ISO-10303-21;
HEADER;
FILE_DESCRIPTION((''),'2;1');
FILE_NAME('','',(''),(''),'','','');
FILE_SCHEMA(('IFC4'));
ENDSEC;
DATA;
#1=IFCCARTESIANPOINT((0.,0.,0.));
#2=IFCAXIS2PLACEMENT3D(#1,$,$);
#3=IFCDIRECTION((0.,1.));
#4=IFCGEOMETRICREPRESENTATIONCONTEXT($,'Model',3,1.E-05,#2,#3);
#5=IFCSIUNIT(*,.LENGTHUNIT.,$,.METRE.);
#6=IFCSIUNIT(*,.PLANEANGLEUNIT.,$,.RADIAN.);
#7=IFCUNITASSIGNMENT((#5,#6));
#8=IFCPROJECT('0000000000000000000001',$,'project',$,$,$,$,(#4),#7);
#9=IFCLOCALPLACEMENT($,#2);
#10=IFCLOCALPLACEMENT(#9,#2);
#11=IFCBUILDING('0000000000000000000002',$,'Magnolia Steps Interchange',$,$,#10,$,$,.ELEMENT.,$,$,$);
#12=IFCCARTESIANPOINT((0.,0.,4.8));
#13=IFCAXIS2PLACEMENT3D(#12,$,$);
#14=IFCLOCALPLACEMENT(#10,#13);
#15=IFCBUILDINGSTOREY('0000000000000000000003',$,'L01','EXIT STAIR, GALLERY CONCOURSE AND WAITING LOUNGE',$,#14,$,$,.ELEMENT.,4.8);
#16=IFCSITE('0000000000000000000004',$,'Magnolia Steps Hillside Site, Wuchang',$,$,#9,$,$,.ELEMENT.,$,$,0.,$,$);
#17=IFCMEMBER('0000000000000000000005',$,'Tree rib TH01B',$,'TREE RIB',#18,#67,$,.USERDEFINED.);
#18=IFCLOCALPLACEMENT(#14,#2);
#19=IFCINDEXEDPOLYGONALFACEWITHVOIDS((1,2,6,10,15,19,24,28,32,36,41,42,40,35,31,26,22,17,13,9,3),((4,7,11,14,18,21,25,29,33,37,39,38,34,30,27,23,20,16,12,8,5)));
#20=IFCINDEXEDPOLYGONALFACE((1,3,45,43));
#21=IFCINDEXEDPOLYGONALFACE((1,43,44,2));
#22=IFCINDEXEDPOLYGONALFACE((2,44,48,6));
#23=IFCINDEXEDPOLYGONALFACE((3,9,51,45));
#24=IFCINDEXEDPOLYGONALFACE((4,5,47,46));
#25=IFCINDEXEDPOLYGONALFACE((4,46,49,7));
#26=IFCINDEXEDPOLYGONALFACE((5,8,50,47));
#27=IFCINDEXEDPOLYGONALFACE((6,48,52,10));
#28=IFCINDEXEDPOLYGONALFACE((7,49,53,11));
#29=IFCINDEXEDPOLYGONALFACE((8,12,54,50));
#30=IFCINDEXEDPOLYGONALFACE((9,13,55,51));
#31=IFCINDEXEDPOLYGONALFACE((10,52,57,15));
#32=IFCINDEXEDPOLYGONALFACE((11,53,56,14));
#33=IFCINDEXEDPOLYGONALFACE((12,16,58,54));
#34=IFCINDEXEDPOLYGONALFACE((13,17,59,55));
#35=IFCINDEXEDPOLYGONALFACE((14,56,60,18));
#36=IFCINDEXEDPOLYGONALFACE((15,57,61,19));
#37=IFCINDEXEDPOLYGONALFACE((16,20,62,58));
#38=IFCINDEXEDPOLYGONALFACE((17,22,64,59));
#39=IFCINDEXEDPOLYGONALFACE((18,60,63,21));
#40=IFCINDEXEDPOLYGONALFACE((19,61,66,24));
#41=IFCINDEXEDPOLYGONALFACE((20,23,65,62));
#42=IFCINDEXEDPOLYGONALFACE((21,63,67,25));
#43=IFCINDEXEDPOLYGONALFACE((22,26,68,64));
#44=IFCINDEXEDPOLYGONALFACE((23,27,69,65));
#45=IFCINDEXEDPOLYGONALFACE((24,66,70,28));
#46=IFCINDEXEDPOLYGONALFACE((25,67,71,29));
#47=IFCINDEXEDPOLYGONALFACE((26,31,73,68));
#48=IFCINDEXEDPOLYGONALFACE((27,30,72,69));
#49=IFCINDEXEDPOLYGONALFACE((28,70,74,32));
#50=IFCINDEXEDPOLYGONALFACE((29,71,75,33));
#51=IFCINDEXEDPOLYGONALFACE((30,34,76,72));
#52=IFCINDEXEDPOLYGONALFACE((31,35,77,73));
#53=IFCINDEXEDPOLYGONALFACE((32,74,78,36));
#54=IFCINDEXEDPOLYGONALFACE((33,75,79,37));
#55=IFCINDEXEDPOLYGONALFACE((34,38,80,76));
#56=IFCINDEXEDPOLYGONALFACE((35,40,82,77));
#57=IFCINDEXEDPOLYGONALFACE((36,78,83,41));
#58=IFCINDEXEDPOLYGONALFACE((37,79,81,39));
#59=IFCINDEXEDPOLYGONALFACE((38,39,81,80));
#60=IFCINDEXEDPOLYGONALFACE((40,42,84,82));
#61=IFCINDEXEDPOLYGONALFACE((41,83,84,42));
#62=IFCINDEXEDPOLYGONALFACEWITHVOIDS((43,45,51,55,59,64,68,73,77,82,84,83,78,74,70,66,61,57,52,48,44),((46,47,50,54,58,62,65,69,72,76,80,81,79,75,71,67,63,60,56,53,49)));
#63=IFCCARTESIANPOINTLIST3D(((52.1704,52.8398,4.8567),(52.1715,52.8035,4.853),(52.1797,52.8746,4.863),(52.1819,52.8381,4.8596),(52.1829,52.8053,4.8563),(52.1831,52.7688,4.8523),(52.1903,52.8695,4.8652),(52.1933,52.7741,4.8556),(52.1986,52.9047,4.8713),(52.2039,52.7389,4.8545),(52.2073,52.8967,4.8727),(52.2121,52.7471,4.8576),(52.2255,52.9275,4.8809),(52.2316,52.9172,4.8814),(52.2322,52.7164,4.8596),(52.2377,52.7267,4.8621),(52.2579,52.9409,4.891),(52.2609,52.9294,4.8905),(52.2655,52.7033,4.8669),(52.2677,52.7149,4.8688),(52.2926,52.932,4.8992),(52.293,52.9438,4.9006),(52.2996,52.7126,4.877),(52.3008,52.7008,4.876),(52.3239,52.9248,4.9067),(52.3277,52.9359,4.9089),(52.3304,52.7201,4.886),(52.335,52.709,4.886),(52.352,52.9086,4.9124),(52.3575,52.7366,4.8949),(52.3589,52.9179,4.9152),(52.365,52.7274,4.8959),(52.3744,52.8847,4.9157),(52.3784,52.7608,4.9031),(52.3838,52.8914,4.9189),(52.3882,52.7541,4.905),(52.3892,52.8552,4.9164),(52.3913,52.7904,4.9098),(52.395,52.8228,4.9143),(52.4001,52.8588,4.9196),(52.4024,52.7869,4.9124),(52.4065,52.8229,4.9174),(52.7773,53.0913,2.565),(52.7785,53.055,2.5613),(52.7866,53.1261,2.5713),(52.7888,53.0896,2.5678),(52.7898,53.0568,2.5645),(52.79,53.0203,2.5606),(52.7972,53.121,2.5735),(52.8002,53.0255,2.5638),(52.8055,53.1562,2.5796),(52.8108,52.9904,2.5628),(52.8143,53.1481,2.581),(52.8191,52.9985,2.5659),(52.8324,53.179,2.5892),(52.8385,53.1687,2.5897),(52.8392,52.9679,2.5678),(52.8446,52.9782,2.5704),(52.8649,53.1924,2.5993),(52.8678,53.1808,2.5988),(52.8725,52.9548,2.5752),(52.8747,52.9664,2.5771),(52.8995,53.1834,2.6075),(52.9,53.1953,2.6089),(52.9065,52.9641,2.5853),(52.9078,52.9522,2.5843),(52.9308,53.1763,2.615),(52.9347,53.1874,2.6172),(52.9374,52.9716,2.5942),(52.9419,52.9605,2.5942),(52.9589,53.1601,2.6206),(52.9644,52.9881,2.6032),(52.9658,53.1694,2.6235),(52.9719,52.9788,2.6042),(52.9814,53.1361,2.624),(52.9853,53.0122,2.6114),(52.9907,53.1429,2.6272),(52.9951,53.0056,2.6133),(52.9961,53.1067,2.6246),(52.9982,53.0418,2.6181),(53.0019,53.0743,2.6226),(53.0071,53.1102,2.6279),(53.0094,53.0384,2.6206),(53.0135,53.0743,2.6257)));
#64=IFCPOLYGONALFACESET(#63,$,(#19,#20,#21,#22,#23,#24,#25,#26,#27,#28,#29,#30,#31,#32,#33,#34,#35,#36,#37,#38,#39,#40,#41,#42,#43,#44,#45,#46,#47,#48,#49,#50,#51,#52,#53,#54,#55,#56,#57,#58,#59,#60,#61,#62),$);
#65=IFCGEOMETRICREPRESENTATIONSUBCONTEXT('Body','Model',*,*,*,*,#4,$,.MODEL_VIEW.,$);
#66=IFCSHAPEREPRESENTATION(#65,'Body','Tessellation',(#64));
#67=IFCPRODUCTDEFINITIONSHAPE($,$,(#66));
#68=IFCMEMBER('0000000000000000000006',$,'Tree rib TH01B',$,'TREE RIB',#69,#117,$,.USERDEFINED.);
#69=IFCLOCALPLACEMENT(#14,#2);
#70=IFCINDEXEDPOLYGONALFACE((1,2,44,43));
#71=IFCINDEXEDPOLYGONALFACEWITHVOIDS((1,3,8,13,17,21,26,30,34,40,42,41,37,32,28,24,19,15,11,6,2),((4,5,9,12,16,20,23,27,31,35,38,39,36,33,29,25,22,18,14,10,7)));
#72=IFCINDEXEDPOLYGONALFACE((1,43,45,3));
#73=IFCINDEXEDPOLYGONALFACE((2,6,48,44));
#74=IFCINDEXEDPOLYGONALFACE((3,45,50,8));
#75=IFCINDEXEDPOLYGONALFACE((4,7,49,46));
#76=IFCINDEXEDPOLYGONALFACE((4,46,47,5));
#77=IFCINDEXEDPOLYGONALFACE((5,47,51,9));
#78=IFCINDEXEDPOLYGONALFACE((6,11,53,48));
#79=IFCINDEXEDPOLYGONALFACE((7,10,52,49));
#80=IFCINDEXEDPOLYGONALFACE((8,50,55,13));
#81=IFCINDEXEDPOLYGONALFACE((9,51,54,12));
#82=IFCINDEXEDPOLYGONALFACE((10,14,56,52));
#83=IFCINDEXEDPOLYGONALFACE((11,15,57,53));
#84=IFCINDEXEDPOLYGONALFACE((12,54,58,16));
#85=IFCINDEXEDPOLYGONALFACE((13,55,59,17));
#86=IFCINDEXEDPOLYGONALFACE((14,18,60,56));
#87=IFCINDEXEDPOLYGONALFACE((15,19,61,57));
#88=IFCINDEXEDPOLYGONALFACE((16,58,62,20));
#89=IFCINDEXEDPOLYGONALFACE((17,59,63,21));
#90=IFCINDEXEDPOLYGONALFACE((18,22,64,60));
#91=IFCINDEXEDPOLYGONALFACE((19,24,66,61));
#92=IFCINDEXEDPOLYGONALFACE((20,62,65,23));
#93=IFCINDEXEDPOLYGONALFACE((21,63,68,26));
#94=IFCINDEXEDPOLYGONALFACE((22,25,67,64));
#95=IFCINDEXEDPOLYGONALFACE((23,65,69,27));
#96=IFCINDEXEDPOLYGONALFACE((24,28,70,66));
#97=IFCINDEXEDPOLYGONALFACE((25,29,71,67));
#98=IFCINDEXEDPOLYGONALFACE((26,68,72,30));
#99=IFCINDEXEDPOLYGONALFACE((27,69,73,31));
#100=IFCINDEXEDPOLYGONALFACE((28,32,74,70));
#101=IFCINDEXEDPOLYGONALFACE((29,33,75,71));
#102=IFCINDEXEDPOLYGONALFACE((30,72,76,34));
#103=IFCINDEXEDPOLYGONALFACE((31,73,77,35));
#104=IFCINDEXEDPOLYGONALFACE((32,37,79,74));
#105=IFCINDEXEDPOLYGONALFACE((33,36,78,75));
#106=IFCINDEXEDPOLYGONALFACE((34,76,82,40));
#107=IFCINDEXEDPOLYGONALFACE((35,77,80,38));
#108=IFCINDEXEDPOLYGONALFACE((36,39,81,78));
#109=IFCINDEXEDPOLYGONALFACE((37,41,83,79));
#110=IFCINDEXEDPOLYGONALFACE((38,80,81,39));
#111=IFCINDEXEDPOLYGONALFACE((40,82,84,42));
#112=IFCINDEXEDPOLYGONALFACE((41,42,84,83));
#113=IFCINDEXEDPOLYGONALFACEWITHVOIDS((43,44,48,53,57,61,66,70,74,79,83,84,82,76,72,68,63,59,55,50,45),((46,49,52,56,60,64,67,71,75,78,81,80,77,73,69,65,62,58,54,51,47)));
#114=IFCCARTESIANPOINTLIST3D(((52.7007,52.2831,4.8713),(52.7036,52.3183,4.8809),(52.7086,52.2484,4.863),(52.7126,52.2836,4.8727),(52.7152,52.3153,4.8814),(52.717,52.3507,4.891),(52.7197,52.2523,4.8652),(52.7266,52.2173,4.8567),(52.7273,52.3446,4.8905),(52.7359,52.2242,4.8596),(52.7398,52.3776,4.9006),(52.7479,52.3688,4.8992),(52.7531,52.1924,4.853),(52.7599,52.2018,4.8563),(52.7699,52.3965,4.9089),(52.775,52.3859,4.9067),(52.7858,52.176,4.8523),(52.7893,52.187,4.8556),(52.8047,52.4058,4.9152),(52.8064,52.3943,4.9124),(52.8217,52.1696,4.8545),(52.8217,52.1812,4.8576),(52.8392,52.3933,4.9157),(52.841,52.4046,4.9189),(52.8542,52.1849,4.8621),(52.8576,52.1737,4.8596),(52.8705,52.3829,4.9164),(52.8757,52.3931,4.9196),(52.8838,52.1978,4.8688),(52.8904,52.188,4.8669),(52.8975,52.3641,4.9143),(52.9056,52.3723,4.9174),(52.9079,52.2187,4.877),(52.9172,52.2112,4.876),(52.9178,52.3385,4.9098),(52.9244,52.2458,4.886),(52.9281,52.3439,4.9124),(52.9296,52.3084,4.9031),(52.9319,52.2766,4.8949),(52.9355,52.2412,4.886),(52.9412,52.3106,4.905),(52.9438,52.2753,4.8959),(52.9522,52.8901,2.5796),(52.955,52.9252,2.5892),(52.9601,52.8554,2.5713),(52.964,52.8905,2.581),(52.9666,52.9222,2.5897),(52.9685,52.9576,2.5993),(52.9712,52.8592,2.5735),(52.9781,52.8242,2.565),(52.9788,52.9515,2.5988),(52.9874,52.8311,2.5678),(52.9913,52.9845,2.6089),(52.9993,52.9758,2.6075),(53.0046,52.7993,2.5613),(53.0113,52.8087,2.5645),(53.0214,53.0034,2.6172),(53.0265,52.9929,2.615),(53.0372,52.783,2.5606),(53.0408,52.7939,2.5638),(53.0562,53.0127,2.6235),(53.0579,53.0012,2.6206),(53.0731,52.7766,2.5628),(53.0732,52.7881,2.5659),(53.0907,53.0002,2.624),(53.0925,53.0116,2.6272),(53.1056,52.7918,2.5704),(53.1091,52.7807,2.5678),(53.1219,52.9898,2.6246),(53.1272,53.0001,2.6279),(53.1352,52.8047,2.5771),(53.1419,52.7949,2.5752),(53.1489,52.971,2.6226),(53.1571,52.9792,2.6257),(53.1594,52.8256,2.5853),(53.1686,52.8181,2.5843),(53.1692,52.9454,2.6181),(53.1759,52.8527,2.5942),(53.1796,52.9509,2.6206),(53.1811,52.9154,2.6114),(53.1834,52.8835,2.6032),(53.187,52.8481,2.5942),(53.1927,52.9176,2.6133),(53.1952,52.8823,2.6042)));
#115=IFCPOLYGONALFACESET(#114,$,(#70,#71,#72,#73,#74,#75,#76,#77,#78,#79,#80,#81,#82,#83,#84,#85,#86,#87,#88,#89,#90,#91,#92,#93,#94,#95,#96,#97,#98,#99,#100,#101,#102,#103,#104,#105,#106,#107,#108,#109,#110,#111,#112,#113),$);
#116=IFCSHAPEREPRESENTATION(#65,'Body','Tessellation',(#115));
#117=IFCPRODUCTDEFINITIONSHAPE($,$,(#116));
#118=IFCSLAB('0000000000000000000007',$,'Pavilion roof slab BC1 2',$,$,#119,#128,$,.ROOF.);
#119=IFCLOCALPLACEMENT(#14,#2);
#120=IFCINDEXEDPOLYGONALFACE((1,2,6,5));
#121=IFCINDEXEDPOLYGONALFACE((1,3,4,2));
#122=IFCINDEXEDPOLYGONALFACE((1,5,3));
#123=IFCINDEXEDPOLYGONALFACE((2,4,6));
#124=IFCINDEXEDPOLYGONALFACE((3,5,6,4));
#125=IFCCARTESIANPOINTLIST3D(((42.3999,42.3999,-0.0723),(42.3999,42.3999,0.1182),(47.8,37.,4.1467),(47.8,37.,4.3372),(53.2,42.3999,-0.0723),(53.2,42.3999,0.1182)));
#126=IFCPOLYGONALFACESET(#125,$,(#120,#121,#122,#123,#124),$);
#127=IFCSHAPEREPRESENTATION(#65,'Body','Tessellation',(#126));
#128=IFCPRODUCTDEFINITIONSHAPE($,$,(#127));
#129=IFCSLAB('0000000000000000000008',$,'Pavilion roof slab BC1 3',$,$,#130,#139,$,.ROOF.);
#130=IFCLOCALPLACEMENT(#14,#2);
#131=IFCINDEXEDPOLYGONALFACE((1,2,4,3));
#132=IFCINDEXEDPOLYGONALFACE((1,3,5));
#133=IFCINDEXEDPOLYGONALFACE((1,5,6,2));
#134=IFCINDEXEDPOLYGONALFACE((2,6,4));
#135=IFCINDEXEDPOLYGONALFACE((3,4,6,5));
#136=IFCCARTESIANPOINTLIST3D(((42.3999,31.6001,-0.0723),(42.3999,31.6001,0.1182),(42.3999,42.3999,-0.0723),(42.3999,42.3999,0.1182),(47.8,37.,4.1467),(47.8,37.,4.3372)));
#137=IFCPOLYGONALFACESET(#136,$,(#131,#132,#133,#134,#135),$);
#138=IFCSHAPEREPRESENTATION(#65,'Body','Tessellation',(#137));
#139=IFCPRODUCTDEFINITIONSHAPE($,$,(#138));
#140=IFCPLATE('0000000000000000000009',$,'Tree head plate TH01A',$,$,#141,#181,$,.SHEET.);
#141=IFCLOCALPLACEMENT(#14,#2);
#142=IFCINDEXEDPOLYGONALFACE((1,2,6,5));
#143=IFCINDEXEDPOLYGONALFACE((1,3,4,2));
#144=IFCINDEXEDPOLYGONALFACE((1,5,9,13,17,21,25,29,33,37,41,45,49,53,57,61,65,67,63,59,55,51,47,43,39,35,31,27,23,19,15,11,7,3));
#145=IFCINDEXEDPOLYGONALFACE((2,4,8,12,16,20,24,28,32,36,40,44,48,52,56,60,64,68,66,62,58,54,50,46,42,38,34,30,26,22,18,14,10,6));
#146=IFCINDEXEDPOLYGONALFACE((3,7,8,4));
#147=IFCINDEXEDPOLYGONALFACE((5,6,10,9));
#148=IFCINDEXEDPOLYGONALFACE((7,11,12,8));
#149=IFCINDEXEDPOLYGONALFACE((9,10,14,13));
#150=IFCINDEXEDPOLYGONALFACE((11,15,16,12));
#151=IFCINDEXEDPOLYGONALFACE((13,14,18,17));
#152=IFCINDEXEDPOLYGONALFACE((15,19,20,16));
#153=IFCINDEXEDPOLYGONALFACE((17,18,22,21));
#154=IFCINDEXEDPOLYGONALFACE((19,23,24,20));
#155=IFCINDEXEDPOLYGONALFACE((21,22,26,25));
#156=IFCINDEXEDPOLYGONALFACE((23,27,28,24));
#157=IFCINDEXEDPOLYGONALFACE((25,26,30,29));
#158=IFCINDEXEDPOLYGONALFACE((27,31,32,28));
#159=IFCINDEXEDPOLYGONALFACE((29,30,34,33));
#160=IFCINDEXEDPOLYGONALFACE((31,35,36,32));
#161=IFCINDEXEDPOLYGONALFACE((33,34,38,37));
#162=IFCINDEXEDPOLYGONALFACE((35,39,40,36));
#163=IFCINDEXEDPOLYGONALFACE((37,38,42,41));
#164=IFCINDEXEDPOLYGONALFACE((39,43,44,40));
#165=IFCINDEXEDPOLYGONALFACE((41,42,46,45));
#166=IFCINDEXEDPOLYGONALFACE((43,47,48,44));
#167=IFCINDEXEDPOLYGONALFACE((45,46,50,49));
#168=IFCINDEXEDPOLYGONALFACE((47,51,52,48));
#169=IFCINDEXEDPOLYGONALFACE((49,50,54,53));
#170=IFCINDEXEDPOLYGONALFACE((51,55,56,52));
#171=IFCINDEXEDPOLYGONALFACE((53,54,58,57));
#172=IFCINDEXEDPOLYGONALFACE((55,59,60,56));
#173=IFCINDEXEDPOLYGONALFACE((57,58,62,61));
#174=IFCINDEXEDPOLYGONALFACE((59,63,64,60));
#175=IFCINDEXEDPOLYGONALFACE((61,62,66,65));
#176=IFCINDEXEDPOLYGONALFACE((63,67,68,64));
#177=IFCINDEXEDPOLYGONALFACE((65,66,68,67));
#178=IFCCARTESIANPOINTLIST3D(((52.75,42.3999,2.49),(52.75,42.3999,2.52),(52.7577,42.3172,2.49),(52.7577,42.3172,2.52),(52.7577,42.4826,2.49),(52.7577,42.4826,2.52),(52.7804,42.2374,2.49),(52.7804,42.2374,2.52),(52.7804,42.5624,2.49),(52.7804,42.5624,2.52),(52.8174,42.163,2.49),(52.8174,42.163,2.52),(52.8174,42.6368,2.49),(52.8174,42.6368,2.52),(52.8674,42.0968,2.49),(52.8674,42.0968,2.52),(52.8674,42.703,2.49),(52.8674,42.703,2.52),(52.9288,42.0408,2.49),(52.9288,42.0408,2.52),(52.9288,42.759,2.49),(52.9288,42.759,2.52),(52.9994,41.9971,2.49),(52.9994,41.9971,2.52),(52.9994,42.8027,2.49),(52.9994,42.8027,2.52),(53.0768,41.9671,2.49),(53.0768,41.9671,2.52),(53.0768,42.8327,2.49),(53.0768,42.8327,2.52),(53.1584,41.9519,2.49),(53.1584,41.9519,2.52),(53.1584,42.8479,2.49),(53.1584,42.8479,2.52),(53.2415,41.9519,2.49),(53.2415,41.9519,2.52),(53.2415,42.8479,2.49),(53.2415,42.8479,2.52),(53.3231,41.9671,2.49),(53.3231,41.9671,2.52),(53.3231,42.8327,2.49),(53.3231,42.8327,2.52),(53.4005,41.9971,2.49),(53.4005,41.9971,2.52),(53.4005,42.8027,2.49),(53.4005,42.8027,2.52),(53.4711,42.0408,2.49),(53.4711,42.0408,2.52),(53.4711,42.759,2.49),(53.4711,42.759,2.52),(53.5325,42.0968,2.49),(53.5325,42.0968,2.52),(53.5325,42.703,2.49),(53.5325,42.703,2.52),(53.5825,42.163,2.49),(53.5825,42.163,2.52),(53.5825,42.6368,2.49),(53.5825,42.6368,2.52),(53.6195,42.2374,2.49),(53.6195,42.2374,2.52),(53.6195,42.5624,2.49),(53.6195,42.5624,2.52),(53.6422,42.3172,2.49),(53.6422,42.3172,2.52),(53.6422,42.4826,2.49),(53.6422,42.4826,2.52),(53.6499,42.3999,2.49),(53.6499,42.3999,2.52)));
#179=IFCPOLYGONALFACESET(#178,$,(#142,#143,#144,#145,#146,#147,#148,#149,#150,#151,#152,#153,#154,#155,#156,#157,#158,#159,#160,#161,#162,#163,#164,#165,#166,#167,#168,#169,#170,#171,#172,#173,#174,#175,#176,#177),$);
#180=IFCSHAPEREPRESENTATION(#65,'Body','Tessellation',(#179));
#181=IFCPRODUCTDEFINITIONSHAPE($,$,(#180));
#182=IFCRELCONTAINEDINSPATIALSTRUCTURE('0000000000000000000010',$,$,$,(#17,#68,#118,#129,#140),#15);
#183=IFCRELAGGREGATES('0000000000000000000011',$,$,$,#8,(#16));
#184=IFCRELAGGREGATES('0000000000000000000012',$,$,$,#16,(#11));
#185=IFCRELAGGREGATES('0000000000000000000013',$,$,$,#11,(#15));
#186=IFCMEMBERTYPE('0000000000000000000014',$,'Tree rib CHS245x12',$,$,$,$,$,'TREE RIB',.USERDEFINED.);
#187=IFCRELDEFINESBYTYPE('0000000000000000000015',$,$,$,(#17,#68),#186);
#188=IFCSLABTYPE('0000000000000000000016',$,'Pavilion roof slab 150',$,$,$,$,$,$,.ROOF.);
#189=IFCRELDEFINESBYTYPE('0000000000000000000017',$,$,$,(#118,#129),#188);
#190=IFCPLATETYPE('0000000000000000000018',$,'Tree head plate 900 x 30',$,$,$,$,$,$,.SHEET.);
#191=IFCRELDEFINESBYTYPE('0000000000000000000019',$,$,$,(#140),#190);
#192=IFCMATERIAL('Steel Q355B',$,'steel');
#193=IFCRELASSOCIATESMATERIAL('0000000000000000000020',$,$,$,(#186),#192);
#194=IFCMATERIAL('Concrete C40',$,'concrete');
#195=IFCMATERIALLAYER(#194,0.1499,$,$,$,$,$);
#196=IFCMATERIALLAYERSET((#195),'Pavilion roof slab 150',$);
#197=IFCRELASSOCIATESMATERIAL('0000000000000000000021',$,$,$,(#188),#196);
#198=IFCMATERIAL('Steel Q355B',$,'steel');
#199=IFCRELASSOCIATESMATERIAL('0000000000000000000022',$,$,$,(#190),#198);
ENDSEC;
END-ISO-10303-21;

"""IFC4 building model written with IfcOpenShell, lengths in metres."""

from ifc_helpers import new_model, si_unit, direction, frame, origin, origin_2d, place, context, subcontext, project, spatial, polyline, circle, hollow_circle, outline, extrude, material, layer, layer_set, material_profile, profile_set, type_object, element, save


model = new_model("IFC4")

# Units and contexts
model_context = context("Model", 3, precision=1e-05, world=origin(), true_north=direction((0.0, 1.0)))
body_context = subcontext(model_context, "Body", "Model", "MODEL_VIEW")
ifc_project = project(units=[si_unit("LENGTHUNIT", "METRE"), si_unit("PLANEANGLEUNIT", "RADIAN")], contexts=[model_context])

# Site, building, storey
site_placement = place(None, origin())
site = spatial("IfcSite", under=ifc_project, at=site_placement, Name="Magnolia Steps Hillside Site, Wuchang", CompositionType="ELEMENT", RefElevation=0.0)
building_placement = place(site_placement, origin())
building = spatial("IfcBuilding", under=site, at=building_placement, Name="Magnolia Steps Interchange", CompositionType="ELEMENT")
storey_placement = place(building_placement, frame((0.0, 0.0, 4.8)))
storey = spatial("IfcBuildingStorey", under=building, at=storey_placement, Name="L01", Description="EXIT STAIR, GALLERY CONCOURSE AND WAITING LOUNGE", CompositionType="ELEMENT", Elevation=4.8)

# Members
ifc_material_1 = material(Name="Steel Q355B", Category="steel")
ifc_material_profile_1 = material_profile(ifc_material_1, hollow_circle(Radius=0.1226, WallThickness=0.012, at=origin_2d()), Name="CHS245x12")
ifc_profile_set_1 = profile_set([ifc_material_profile_1], Name="Steel Q355B")
member_type = type_object("IfcMemberType", Name="Tree rib CHS245x12", ElementType="TREE RIB", PredefinedType="USERDEFINED", material=ifc_profile_set_1)
for number, where, z_axis, x_axis, name in (
    (1, (52.895, 53.0737, 2.5942), (-0.254581, -0.105478, 0.961282), (0.382768, -0.923845, 0.0), "Tree rib TH01B"),
    (2, (53.0737, 52.895, 2.5942), (-0.105478, -0.254581, 0.961282), (0.923845, -0.382768, 0.0), "Tree rib TH01B"),
):
    element("IfcMember", number, at=place(storey_placement, frame(where, z_axis=z_axis, x_axis=x_axis)), inside=storey, type_object=member_type, Name=name, ObjectType="TREE RIB", PredefinedType="USERDEFINED", context=body_context, shape_type="SweptSolid", body=[
        extrude(hollow_circle(Radius=0.1226, WallThickness=0.012, at=origin_2d()), origin(), (0.0, 0.0, 1.0), 2.384),
    ])

# Slabs
ifc_material_2 = material(Name="Concrete C40", Category="concrete")
ifc_layer_1 = layer(ifc_material_2, 0.1499)
ifc_layer_set_1 = layer_set([ifc_layer_1], Name="Pavilion roof slab 150")
slab_type = type_object("IfcSlabType", Name="Pavilion roof slab 150", PredefinedType="ROOF", material=ifc_layer_set_1)
slab_1_placement = place(storey_placement, frame((53.2, 42.3999, 0.1182), z_axis=(0.0, 0.615673, 0.788002), x_axis=(-1.0, 0.0, 0.0)))
element("IfcSlab", 3, at=slab_1_placement, inside=storey, type_object=slab_type, Name="Pavilion roof slab BC1 2", PredefinedType="ROOF", context=body_context, shape_type="SweptSolid", body=[
    extrude(outline(polyline([(0.0, 0.0), (10.8, 0.0), (5.3999, 6.8527), (0.0, 0.0)])), origin(), (0.0, -0.615673, -0.788002), 0.1904),
])
slab_2_placement = place(storey_placement, frame((42.3999, 42.3999, 0.1182), z_axis=(-0.615656, 0.0, 0.788015), x_axis=(0.0, -1.0, 0.0)))
element("IfcSlab", 4, at=slab_2_placement, inside=storey, type_object=slab_type, Name="Pavilion roof slab BC1 3", PredefinedType="ROOF", context=body_context, shape_type="SweptSolid", body=[
    extrude(outline(polyline([(0.0, 0.0), (10.7998, 0.0), (5.3999, 6.8528), (0.0, 0.0)])), origin(), (0.0, -0.615656, -0.788015), 0.1904),
])

# Plate
ifc_material_3 = material(Name="Steel Q355B", Category="steel")
ifc_material_profile_2 = material_profile(ifc_material_3, circle(Radius=0.45, at=origin_2d()), Name="Tree head plate 900 x 30")
ifc_profile_set_2 = profile_set([ifc_material_profile_2], Name="Steel Q355B")
plate_type = type_object("IfcPlateType", Name="Tree head plate 900 x 30", PredefinedType="SHEET", material=ifc_profile_set_2)
plate_1_placement = place(storey_placement, frame((53.2, 42.3999, 2.49), z_axis=(0.0, 0.0, 1.0), x_axis=(1.0, 0.0, 0.0)))
element("IfcPlate", 5, at=plate_1_placement, inside=storey, type_object=plate_type, Name="Tree head plate TH01A", PredefinedType="SHEET", context=body_context, shape_type="SweptSolid", body=[
    extrude(circle(Radius=0.45, at=origin_2d()), origin(), (0.0, 0.0, 1.0), 0.03),
])

save(model, "model.ifc")
